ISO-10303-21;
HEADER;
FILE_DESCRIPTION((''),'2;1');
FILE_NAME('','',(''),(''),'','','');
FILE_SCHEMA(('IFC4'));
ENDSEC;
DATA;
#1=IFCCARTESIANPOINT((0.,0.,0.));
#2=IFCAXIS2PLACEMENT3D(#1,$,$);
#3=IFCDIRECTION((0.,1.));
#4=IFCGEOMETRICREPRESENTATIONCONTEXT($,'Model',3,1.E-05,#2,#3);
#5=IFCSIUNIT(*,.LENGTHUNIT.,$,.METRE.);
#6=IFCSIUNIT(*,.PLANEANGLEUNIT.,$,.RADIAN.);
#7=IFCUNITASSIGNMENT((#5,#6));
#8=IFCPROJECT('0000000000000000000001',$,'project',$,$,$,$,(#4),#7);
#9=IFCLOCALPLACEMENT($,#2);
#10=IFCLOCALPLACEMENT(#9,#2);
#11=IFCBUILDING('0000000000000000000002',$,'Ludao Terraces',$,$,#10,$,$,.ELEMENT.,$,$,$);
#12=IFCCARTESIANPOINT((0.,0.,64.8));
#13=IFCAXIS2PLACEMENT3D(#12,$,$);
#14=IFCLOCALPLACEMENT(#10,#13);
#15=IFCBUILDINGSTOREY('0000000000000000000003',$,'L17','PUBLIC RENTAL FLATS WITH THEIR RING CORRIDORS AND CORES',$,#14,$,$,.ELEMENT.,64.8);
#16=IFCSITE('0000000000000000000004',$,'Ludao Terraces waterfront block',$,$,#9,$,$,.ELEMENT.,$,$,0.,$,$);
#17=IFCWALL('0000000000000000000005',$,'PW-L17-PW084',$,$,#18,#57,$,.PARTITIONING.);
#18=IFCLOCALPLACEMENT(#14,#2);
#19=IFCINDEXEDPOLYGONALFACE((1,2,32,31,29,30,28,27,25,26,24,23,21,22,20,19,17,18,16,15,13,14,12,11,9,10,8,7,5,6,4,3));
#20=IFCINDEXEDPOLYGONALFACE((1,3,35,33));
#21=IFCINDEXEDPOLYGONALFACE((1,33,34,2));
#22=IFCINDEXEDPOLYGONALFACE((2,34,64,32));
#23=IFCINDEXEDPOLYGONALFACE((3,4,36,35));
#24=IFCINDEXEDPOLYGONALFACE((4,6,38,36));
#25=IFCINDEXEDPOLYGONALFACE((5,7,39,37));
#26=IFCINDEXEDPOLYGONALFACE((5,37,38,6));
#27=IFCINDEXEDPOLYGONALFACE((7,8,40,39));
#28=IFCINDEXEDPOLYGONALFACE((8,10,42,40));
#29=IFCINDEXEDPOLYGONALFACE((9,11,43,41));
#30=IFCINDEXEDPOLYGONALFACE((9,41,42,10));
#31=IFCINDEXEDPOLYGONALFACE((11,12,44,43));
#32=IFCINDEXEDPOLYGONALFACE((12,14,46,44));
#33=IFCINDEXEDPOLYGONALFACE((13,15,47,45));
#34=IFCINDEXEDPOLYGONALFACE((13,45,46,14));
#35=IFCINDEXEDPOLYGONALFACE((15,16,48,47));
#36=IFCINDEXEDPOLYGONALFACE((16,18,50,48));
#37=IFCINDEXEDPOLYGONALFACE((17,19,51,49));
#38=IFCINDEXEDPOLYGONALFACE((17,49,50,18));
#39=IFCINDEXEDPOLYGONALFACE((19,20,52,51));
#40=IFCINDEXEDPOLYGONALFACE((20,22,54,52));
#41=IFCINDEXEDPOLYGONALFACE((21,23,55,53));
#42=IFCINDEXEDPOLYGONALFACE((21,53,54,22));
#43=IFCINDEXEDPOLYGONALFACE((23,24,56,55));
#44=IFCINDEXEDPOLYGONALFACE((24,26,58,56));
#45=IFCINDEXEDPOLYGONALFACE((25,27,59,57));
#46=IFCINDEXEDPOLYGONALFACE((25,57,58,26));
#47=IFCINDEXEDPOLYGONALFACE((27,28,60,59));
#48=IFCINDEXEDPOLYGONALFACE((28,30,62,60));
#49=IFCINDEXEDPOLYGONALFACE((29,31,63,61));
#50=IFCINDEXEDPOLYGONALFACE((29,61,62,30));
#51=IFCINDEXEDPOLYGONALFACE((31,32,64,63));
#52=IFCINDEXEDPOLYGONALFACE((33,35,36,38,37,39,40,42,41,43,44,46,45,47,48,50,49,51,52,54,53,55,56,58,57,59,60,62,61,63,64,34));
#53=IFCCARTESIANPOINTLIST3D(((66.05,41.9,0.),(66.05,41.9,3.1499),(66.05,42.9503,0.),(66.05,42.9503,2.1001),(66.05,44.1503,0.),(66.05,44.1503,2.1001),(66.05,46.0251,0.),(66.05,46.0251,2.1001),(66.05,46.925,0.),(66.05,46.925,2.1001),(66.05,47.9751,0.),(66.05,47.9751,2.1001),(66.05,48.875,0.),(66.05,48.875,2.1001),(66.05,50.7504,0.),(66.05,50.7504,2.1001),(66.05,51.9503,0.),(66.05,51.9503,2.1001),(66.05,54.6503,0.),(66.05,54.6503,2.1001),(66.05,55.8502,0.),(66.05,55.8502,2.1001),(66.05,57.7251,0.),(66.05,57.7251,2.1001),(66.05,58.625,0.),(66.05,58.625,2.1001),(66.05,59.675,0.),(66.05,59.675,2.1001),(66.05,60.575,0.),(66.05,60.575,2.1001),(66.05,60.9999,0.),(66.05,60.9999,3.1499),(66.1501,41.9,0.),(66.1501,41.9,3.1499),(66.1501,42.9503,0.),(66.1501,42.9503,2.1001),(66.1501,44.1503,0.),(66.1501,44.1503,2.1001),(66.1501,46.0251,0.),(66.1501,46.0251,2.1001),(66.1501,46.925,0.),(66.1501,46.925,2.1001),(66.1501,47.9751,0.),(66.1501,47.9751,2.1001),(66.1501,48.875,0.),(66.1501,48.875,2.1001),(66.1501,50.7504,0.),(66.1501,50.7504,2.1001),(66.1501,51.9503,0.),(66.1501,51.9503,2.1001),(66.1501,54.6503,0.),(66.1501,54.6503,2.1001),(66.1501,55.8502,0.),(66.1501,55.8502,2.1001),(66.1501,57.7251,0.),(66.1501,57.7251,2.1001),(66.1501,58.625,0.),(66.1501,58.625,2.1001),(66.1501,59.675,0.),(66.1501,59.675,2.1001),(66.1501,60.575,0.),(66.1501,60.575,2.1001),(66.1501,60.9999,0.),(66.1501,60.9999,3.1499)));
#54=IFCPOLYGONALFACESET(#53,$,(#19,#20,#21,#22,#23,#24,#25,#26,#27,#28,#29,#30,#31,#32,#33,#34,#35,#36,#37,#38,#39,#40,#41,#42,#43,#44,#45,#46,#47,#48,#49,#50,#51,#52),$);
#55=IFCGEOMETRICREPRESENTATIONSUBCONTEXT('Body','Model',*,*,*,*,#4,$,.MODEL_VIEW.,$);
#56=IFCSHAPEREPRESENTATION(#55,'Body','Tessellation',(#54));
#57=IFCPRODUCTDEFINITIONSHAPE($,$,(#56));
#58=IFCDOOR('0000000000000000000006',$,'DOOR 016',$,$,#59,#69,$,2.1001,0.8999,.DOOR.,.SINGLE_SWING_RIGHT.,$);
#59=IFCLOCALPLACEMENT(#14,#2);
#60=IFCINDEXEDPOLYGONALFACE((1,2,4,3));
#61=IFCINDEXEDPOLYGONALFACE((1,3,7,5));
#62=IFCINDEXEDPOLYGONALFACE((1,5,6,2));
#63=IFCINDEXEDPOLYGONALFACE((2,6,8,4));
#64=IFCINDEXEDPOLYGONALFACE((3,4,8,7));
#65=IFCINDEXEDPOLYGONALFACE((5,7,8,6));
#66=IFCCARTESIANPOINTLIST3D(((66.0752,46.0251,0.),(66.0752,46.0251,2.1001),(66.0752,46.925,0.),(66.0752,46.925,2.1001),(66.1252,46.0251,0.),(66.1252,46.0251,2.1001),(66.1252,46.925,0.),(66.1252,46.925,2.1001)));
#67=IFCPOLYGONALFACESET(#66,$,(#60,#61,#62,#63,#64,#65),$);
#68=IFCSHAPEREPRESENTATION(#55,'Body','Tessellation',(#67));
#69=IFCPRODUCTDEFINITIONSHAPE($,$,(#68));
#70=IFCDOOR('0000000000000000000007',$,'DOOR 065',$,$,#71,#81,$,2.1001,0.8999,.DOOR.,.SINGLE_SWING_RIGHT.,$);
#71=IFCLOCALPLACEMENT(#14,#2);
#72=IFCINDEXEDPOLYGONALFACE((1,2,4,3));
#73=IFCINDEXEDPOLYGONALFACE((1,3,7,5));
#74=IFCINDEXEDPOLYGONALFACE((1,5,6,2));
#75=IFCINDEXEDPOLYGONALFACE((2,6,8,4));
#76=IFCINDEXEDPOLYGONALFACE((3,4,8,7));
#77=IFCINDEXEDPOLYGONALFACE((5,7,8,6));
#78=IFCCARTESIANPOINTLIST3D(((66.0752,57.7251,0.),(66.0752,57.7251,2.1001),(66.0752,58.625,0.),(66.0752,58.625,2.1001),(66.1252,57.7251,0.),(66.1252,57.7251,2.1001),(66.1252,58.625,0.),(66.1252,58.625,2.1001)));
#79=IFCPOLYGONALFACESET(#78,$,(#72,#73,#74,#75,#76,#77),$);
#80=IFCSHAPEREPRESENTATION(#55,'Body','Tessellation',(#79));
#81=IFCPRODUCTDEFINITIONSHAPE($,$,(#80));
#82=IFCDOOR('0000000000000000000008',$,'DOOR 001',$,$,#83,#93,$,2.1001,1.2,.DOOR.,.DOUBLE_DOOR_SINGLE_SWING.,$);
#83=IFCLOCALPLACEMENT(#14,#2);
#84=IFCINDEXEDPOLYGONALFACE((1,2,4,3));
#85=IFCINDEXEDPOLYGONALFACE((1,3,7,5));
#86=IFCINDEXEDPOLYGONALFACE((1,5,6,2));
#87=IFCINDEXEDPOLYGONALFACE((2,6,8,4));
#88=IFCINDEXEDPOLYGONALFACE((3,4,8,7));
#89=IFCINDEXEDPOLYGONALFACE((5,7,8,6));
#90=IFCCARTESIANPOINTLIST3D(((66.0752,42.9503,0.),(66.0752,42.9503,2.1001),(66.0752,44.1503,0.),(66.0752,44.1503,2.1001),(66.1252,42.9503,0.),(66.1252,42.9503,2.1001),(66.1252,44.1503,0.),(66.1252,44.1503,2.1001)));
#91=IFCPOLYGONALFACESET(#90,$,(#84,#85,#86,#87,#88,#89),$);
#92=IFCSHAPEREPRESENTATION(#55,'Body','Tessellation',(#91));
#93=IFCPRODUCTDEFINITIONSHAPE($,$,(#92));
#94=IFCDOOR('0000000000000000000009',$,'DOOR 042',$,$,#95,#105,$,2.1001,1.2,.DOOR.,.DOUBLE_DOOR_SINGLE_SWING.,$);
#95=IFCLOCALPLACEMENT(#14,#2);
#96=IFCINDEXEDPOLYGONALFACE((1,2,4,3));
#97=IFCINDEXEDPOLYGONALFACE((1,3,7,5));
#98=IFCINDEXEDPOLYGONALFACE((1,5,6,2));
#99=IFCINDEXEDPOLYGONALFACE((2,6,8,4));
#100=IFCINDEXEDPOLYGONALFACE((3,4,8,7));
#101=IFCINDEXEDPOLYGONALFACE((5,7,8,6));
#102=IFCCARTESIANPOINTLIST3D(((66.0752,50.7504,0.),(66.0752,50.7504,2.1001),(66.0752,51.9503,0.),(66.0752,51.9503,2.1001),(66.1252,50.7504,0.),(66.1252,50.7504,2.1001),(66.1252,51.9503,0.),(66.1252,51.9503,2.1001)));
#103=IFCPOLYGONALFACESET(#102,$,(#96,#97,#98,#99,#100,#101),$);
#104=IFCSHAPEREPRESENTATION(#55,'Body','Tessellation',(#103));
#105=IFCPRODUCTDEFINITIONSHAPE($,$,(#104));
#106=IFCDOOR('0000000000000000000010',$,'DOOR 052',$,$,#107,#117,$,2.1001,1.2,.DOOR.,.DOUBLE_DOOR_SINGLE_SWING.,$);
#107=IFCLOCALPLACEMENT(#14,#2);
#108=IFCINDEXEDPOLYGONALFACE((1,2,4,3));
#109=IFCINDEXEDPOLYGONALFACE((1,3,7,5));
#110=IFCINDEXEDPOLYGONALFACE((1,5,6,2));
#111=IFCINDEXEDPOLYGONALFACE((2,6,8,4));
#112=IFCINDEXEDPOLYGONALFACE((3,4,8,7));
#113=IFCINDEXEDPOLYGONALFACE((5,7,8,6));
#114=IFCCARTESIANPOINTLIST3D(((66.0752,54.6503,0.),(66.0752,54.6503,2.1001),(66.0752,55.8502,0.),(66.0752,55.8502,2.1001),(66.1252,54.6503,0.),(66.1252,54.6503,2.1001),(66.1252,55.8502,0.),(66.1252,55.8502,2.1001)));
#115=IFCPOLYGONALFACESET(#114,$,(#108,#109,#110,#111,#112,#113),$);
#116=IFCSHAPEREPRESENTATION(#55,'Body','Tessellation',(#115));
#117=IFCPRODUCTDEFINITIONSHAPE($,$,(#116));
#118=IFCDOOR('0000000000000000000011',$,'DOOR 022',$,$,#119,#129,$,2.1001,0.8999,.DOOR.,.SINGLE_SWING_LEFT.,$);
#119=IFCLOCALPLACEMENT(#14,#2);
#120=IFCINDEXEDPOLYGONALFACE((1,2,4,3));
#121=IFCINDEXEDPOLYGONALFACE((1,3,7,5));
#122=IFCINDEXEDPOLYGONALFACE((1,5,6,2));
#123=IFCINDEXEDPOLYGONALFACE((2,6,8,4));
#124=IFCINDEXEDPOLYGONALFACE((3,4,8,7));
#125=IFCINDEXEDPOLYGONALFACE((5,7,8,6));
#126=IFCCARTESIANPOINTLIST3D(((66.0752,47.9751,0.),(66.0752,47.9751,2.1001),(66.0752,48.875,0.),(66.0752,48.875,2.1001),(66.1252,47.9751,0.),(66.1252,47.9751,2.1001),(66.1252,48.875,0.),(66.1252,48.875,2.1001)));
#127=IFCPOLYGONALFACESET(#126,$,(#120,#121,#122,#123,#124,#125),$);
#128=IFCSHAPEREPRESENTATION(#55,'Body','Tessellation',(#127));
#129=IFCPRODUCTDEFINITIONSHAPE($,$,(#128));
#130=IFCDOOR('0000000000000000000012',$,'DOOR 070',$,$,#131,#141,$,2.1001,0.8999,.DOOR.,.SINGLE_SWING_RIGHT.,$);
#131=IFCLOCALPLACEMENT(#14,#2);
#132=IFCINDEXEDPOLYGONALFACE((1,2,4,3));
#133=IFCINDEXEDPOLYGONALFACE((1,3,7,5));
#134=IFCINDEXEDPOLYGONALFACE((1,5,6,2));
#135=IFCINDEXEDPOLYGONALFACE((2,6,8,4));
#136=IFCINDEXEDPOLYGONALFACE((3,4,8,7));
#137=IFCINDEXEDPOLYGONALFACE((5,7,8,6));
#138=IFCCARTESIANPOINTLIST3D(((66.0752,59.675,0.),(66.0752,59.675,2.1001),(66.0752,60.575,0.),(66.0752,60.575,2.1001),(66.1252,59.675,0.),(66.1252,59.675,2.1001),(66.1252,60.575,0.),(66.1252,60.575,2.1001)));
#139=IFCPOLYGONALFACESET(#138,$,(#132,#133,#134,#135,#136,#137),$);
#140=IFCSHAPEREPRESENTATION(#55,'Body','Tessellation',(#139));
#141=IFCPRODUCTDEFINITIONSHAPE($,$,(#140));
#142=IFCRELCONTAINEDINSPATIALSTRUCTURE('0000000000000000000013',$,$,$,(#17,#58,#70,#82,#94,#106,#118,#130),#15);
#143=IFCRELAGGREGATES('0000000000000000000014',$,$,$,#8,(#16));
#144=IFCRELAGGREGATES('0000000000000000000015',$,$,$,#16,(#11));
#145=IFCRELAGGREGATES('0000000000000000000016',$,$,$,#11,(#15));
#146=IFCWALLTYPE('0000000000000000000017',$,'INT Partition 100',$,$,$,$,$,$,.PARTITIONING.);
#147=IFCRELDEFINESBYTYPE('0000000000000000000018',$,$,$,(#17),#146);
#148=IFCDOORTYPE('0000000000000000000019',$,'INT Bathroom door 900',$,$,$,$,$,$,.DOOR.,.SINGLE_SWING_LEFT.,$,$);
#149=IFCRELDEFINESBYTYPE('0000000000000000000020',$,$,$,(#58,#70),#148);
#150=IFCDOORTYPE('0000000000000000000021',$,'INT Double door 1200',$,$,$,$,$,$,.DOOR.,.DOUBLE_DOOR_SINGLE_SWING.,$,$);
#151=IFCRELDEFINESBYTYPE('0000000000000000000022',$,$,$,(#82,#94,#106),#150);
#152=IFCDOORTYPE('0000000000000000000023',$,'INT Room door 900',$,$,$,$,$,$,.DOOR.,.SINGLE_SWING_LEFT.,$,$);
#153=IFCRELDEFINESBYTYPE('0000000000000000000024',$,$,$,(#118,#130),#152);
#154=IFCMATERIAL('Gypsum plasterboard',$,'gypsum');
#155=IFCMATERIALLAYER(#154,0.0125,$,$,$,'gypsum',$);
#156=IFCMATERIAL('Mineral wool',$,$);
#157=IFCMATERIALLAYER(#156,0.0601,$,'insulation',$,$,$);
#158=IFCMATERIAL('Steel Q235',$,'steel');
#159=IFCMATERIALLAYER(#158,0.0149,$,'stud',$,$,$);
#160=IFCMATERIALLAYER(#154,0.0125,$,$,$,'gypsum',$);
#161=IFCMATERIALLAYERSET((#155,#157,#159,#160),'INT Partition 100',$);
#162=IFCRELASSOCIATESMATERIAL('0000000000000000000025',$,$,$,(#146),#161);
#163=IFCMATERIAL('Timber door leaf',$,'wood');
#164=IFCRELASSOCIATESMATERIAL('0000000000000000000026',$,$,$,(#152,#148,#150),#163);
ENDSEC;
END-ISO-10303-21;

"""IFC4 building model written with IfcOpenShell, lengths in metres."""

from ifc_helpers import new_model, si_unit, direction, frame, frame_2d, origin, place, context, subcontext, project, spatial, rectangle, extrude, material, layer, layer_set, type_object, element, fill, save


model = new_model("IFC4")

# Units and contexts
model_context = context("Model", 3, precision=1e-05, world=origin(), true_north=direction((0.0, 1.0)))
body_context = subcontext(model_context, "Body", "Model", "MODEL_VIEW")
ifc_project = project(units=[si_unit("LENGTHUNIT", "METRE"), si_unit("PLANEANGLEUNIT", "RADIAN")], contexts=[model_context])

# Site, building, storey
site_placement = place(None, origin())
site = spatial("IfcSite", under=ifc_project, at=site_placement, Name="Ludao Terraces waterfront block", CompositionType="ELEMENT", RefElevation=0.0)
building_placement = place(site_placement, origin())
building = spatial("IfcBuilding", under=site, at=building_placement, Name="Ludao Terraces", CompositionType="ELEMENT")
storey_placement = place(building_placement, frame((0.0, 0.0, 64.8)))
storey = spatial("IfcBuildingStorey", under=building, at=storey_placement, Name="L17", Description="PUBLIC RENTAL FLATS WITH THEIR RING CORRIDORS AND CORES", CompositionType="ELEMENT", Elevation=64.8)

# Shared definitions
ifc_material_1 = material(Name="Mineral wool")

# Shared definitions
ifc_material_2 = material(Name="Gypsum plasterboard", Category="gypsum")
ifc_layer_1 = layer(ifc_material_2, 0.0125, Category="gypsum")
ifc_layer_2 = layer(ifc_material_1, 0.0601, Name="insulation")
ifc_material_3 = material(Name="Steel Q235", Category="steel")
ifc_layer_3 = layer(ifc_material_3, 0.0149, Name="stud")
ifc_layer_4 = layer(ifc_material_2, 0.0125, Category="gypsum")
ifc_layer_set_1 = layer_set([ifc_layer_1, ifc_layer_2, ifc_layer_3, ifc_layer_4], Name="INT Partition 100")
wall_type_1 = type_object("IfcWallType", Name="INT Partition 100", PredefinedType="PARTITIONING", material=ifc_layer_set_1)
ifc_material_4 = material(Name="Timber door leaf", Category="wood")
door_type_1 = type_object("IfcDoorType", Name="INT Room door 900", OperationType="SINGLE_SWING_LEFT", PredefinedType="DOOR", material=ifc_material_4)

# Wall, openings, doors
wall_1_placement = place(storey_placement, frame((66.1001, 41.9001, 0.0), z_axis=(0.0, 0.0, 1.0), x_axis=(0.0, 1.0, 0.0)))
wall_1 = element("IfcWall", 1, at=wall_1_placement, inside=storey, type_object=wall_type_1, Name="PW-L17-PW084", PredefinedType="PARTITIONING", context=body_context, shape_type="SweptSolid", body=[
    extrude(rectangle(XDim=19.0999, YDim=0.1001, at=frame_2d((9.5498, 0.0))), origin(), (0.0, 0.0, 1.0), 3.1499),
])
opening_1_placement = place(wall_1_placement, frame((1.05, 0.0, 0.0)))
opening_1 = element("IfcOpeningElement", 2, at=opening_1_placement, cuts=wall_1, PredefinedType="OPENING", context=body_context, shape_type="SweptSolid", body=[
    extrude(rectangle(XDim=1.2, YDim=2.1001, at=frame_2d((0.6001, 1.05))), frame((0.0, 0.0601, 0.0), z_axis=(0.0, -1.0, 0.0), x_axis=(1.0, 0.0, 0.0)), (0.0, 0.0, 1.0), 0.1201),
])
opening_2_placement = place(wall_1_placement, frame((4.125, 0.0, 0.0)))
opening_2 = element("IfcOpeningElement", 3, at=opening_2_placement, cuts=wall_1, PredefinedType="OPENING", context=body_context, shape_type="SweptSolid", body=[
    extrude(rectangle(XDim=0.8999, YDim=2.1001, at=frame_2d((0.45, 1.05))), frame((0.0, 0.0601, 0.0), z_axis=(0.0, -1.0, 0.0), x_axis=(1.0, 0.0, 0.0)), (0.0, 0.0, 1.0), 0.1201),
])
opening_3_placement = place(wall_1_placement, frame((6.075, 0.0, 0.0)))
opening_3 = element("IfcOpeningElement", 4, at=opening_3_placement, cuts=wall_1, PredefinedType="OPENING", context=body_context, shape_type="SweptSolid", body=[
    extrude(rectangle(XDim=0.8999, YDim=2.1001, at=frame_2d((0.45, 1.05))), frame((0.0, 0.0601, 0.0), z_axis=(0.0, -1.0, 0.0), x_axis=(1.0, 0.0, 0.0)), (0.0, 0.0, 1.0), 0.1201),
])
opening_4_placement = place(wall_1_placement, frame((8.8501, 0.0, 0.0)))
opening_4 = element("IfcOpeningElement", 5, at=opening_4_placement, cuts=wall_1, PredefinedType="OPENING", context=body_context, shape_type="SweptSolid", body=[
    extrude(rectangle(XDim=1.2, YDim=2.1001, at=frame_2d((0.6001, 1.05))), frame((0.0, 0.0601, 0.0), z_axis=(0.0, -1.0, 0.0), x_axis=(1.0, 0.0, 0.0)), (0.0, 0.0, 1.0), 0.1201),
])
opening_5_placement = place(wall_1_placement, frame((12.75, 0.0, 0.0)))
opening_5 = element("IfcOpeningElement", 6, at=opening_5_placement, cuts=wall_1, PredefinedType="OPENING", context=body_context, shape_type="SweptSolid", body=[
    extrude(rectangle(XDim=1.2, YDim=2.1001, at=frame_2d((0.6001, 1.05))), frame((0.0, 0.0601, 0.0), z_axis=(0.0, -1.0, 0.0), x_axis=(1.0, 0.0, 0.0)), (0.0, 0.0, 1.0), 0.1201),
])
opening_6_placement = place(wall_1_placement, frame((15.825, 0.0, 0.0)))
opening_6 = element("IfcOpeningElement", 7, at=opening_6_placement, cuts=wall_1, PredefinedType="OPENING", context=body_context, shape_type="SweptSolid", body=[
    extrude(rectangle(XDim=0.8999, YDim=2.1001, at=frame_2d((0.45, 1.05))), frame((0.0, 0.0601, 0.0), z_axis=(0.0, -1.0, 0.0), x_axis=(1.0, 0.0, 0.0)), (0.0, 0.0, 1.0), 0.1201),
])
opening_7_placement = place(wall_1_placement, frame((17.7749, 0.0, 0.0)))
opening_7 = element("IfcOpeningElement", 8, at=opening_7_placement, cuts=wall_1, PredefinedType="OPENING", context=body_context, shape_type="SweptSolid", body=[
    extrude(rectangle(XDim=0.8999, YDim=2.1001, at=frame_2d((0.45, 1.05))), frame((0.0, 0.0601, 0.0), z_axis=(0.0, -1.0, 0.0), x_axis=(1.0, 0.0, 0.0)), (0.0, 0.0, 1.0), 0.1201),
])
door_type_2 = type_object("IfcDoorType", Name="INT Bathroom door 900", OperationType="SINGLE_SWING_LEFT", PredefinedType="DOOR", material=ifc_material_4)
door_1_placement = place(opening_2_placement, origin())
door_1 = element("IfcDoor", 9, at=door_1_placement, inside=storey, type_object=door_type_2, Name="DOOR 016", OperationType="SINGLE_SWING_RIGHT", OverallHeight=2.1001, OverallWidth=0.8999, PredefinedType="DOOR", context=body_context, shape_type="SweptSolid", body=[
    extrude(rectangle(XDim=0.8999, YDim=2.1001, at=frame_2d((0.45, 1.05))), frame((0.0, 0.0249, 0.0), z_axis=(0.0, -1.0, 0.0), x_axis=(1.0, 0.0, 0.0)), (0.0, 0.0, 1.0), 0.05),
])
fill(opening_2, door_1)
door_2_placement = place(opening_6_placement, origin())
door_2 = element("IfcDoor", 10, at=door_2_placement, inside=storey, type_object=door_type_2, Name="DOOR 065", OperationType="SINGLE_SWING_RIGHT", OverallHeight=2.1001, OverallWidth=0.8999, PredefinedType="DOOR", context=body_context, shape_type="SweptSolid", body=[
    extrude(rectangle(XDim=0.8999, YDim=2.1001, at=frame_2d((0.45, 1.05))), frame((0.0, 0.0249, 0.0), z_axis=(0.0, -1.0, 0.0), x_axis=(1.0, 0.0, 0.0)), (0.0, 0.0, 1.0), 0.05),
])
fill(opening_6, door_2)
door_type_3 = type_object("IfcDoorType", Name="INT Double door 1200", OperationType="DOUBLE_DOOR_SINGLE_SWING", PredefinedType="DOOR", material=ifc_material_4)
door_3_placement = place(opening_1_placement, origin())
door_3 = element("IfcDoor", 11, at=door_3_placement, inside=storey, type_object=door_type_3, Name="DOOR 001", OperationType="DOUBLE_DOOR_SINGLE_SWING", OverallHeight=2.1001, OverallWidth=1.2, PredefinedType="DOOR", context=body_context, shape_type="SweptSolid", body=[
    extrude(rectangle(XDim=1.2, YDim=2.1001, at=frame_2d((0.6001, 1.05))), frame((0.0, 0.0249, 0.0), z_axis=(0.0, -1.0, 0.0), x_axis=(1.0, 0.0, 0.0)), (0.0, 0.0, 1.0), 0.05),
])
fill(opening_1, door_3)
door_4_placement = place(opening_4_placement, origin())
door_4 = element("IfcDoor", 12, at=door_4_placement, inside=storey, type_object=door_type_3, Name="DOOR 042", OperationType="DOUBLE_DOOR_SINGLE_SWING", OverallHeight=2.1001, OverallWidth=1.2, PredefinedType="DOOR", context=body_context, shape_type="SweptSolid", body=[
    extrude(rectangle(XDim=1.2, YDim=2.1001, at=frame_2d((0.6001, 1.05))), frame((0.0, 0.0249, 0.0), z_axis=(0.0, -1.0, 0.0), x_axis=(1.0, 0.0, 0.0)), (0.0, 0.0, 1.0), 0.05),
])
fill(opening_4, door_4)
door_5_placement = place(opening_5_placement, origin())
door_5 = element("IfcDoor", 13, at=door_5_placement, inside=storey, type_object=door_type_3, Name="DOOR 052", OperationType="DOUBLE_DOOR_SINGLE_SWING", OverallHeight=2.1001, OverallWidth=1.2, PredefinedType="DOOR", context=body_context, shape_type="SweptSolid", body=[
    extrude(rectangle(XDim=1.2, YDim=2.1001, at=frame_2d((0.6001, 1.05))), frame((0.0, 0.0249, 0.0), z_axis=(0.0, -1.0, 0.0), x_axis=(1.0, 0.0, 0.0)), (0.0, 0.0, 1.0), 0.05),
])
fill(opening_5, door_5)
door_6_placement = place(opening_3_placement, origin())
door_6 = element("IfcDoor", 14, at=door_6_placement, inside=storey, type_object=door_type_1, Name="DOOR 022", OperationType="SINGLE_SWING_LEFT", OverallHeight=2.1001, OverallWidth=0.8999, PredefinedType="DOOR", context=body_context, shape_type="SweptSolid", body=[
    extrude(rectangle(XDim=0.8999, YDim=2.1001, at=frame_2d((0.45, 1.05))), frame((0.0, 0.0249, 0.0), z_axis=(0.0, -1.0, 0.0), x_axis=(1.0, 0.0, 0.0)), (0.0, 0.0, 1.0), 0.05),
])
fill(opening_3, door_6)
door_7_placement = place(opening_7_placement, origin())
door_7 = element("IfcDoor", 15, at=door_7_placement, inside=storey, type_object=door_type_1, Name="DOOR 070", OperationType="SINGLE_SWING_RIGHT", OverallHeight=2.1001, OverallWidth=0.8999, PredefinedType="DOOR", context=body_context, shape_type="SweptSolid", body=[
    extrude(rectangle(XDim=0.8999, YDim=2.1001, at=frame_2d((0.45, 1.05))), frame((0.0, 0.0249, 0.0), z_axis=(0.0, -1.0, 0.0), x_axis=(1.0, 0.0, 0.0)), (0.0, 0.0, 1.0), 0.05),
])
fill(opening_7, door_7)

save(model, "model.ifc")
